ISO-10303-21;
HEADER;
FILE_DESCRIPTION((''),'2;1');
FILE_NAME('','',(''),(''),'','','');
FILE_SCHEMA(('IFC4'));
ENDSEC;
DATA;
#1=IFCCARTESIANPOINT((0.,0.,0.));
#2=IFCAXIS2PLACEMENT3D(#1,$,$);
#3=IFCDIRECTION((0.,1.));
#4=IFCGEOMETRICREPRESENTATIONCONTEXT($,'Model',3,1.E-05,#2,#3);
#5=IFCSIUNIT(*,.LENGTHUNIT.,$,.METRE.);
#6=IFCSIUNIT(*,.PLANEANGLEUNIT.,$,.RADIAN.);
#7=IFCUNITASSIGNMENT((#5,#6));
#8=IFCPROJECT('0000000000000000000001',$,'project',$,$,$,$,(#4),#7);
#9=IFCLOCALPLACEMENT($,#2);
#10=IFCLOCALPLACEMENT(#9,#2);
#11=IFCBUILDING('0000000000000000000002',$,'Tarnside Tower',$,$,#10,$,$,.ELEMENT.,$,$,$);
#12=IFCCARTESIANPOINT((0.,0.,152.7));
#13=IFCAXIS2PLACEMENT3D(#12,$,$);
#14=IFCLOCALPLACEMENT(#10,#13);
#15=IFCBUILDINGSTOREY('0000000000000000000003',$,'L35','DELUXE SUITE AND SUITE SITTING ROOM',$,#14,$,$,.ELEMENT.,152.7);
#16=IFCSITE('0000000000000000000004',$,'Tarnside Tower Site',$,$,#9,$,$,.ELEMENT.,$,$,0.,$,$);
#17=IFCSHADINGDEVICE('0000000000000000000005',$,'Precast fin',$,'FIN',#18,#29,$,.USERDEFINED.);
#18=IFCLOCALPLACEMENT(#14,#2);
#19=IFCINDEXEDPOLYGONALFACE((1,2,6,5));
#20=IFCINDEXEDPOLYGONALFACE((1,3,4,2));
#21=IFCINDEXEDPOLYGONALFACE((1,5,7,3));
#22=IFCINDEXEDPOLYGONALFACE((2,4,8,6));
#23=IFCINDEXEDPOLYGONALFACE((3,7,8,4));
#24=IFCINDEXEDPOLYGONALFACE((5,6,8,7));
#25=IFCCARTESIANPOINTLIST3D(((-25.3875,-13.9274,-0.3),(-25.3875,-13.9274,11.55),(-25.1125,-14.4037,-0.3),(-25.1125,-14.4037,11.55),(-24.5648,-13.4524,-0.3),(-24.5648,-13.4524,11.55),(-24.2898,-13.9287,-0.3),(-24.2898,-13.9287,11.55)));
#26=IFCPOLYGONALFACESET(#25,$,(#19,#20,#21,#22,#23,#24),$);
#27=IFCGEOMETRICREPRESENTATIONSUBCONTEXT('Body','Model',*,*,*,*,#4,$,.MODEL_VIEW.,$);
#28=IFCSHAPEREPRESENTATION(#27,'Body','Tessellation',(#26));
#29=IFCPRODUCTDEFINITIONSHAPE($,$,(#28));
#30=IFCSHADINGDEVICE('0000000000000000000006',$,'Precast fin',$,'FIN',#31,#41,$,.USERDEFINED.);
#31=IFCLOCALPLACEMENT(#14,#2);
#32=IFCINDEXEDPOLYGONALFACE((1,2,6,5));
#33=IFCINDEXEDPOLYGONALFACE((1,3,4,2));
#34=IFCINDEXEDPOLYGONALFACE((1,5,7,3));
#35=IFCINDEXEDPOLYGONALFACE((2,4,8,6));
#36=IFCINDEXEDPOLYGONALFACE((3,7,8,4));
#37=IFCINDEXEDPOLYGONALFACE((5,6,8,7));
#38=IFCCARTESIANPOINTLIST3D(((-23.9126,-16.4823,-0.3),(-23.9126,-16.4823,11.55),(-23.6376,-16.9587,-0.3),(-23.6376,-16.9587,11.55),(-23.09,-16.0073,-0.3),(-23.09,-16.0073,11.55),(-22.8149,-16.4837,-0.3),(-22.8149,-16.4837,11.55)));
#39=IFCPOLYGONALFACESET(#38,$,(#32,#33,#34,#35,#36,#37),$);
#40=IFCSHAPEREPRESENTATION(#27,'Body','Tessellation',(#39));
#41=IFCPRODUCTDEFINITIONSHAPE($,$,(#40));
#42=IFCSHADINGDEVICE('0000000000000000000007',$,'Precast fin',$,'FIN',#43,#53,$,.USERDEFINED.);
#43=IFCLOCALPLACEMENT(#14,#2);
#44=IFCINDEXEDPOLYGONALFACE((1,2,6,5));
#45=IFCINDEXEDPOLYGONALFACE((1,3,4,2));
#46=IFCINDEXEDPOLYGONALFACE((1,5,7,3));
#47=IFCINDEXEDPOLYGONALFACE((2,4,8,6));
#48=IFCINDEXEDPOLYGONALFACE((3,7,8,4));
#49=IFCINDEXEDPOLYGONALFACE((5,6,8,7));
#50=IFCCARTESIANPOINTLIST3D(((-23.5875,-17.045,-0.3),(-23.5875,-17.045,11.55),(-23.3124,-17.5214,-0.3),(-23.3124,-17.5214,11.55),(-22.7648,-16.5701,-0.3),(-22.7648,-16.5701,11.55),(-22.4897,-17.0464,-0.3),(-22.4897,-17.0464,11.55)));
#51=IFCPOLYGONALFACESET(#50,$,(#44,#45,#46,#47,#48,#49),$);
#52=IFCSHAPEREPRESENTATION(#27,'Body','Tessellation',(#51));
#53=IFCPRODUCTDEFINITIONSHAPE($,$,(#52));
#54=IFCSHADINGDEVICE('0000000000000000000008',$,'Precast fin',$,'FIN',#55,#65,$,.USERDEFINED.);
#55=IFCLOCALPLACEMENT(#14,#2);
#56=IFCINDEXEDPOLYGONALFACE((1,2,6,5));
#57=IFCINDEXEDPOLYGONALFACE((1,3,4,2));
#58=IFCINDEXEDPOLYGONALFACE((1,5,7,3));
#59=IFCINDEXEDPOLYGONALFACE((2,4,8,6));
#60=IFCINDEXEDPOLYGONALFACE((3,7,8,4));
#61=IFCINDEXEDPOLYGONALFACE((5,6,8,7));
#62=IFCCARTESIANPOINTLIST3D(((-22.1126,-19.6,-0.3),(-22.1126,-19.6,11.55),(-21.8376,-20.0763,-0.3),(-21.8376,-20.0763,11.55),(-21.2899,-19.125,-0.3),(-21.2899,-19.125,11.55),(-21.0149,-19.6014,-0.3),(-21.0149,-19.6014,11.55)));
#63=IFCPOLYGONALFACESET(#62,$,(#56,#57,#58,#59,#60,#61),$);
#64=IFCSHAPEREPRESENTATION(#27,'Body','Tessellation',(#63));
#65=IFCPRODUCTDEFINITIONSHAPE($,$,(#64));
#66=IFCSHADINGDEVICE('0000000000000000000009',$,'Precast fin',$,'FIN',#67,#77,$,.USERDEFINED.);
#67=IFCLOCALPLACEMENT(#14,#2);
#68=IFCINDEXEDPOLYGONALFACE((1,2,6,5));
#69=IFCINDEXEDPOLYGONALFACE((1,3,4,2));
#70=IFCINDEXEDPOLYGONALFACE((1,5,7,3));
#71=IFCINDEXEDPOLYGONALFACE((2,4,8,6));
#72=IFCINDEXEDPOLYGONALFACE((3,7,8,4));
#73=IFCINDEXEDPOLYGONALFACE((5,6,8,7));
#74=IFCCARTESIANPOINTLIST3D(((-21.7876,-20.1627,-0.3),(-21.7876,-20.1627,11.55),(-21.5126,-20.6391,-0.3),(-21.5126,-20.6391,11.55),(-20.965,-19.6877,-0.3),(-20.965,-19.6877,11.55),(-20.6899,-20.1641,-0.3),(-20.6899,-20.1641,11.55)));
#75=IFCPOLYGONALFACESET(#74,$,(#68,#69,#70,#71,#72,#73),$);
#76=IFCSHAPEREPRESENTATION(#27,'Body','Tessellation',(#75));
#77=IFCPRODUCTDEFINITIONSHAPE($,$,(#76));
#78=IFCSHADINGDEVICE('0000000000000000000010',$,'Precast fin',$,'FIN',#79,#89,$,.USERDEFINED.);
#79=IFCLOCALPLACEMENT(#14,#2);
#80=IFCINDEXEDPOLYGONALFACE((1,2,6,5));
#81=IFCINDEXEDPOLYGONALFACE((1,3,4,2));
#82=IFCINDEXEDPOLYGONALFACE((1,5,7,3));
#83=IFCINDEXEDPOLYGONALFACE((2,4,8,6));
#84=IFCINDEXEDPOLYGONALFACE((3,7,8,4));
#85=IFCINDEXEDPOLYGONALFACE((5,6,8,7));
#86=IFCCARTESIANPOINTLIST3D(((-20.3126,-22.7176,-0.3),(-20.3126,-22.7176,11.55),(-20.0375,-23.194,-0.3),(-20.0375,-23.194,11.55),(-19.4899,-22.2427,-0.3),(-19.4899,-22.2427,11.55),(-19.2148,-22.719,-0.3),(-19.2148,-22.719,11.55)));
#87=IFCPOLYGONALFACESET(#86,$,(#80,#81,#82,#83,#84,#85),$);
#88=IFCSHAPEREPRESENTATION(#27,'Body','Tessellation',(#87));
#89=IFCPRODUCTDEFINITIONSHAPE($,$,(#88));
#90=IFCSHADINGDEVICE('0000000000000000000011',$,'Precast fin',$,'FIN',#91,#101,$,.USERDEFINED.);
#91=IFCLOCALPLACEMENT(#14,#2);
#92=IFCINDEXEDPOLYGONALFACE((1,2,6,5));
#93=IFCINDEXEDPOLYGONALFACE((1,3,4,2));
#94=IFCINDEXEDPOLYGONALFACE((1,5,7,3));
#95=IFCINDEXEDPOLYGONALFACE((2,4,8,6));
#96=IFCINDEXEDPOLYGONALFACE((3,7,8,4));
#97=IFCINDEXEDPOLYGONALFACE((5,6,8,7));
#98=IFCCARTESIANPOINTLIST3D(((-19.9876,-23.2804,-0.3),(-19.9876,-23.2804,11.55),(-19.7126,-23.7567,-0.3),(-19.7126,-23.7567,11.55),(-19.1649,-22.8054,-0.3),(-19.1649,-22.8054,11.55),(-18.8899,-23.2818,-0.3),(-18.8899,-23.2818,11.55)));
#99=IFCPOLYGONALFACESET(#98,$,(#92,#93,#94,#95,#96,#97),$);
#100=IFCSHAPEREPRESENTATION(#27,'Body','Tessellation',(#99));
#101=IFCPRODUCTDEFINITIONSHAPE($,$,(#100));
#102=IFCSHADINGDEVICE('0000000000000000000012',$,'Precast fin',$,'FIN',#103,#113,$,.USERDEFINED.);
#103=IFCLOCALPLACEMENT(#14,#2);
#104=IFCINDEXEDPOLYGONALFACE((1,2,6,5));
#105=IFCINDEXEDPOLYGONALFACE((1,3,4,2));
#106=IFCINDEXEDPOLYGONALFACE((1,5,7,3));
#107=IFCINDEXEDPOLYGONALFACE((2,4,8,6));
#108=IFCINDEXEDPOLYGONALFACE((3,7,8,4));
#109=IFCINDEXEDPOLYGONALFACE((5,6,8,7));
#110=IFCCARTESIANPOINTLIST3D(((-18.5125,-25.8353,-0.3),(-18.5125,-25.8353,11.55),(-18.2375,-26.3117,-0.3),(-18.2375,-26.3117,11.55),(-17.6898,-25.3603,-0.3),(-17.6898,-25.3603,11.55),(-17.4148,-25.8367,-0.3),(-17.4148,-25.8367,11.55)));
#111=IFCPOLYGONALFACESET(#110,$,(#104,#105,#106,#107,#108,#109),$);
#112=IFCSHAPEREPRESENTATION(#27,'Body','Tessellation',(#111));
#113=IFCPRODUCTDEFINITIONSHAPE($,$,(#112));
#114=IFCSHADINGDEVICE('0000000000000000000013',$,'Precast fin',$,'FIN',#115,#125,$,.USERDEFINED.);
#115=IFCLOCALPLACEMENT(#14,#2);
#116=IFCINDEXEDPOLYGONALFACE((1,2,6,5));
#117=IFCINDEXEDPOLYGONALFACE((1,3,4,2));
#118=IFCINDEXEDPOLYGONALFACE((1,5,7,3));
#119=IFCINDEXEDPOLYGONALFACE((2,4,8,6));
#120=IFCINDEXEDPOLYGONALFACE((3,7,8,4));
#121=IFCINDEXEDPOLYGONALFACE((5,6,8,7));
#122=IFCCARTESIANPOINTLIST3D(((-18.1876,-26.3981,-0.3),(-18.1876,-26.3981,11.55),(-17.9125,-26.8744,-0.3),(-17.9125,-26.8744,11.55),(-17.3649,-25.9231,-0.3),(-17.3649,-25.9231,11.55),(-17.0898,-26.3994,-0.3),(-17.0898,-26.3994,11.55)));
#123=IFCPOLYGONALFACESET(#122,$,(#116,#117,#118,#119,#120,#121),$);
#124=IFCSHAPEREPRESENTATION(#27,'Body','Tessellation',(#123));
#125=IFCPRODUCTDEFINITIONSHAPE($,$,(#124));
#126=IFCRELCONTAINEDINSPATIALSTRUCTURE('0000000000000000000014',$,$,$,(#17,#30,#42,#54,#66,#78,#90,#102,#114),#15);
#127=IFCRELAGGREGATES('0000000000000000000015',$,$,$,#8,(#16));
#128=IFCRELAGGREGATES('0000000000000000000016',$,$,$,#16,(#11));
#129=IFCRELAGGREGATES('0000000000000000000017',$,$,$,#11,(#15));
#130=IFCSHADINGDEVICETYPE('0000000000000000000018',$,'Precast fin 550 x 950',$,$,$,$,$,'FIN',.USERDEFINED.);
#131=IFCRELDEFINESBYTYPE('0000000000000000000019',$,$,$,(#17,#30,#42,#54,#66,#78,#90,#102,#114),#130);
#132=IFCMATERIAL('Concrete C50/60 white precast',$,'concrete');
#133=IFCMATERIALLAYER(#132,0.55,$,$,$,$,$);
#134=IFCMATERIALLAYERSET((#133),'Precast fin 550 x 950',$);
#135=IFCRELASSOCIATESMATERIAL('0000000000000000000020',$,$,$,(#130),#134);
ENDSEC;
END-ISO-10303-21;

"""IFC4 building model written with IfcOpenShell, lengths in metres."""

from ifc_helpers import new_model, si_unit, direction, frame, origin, place, context, subcontext, project, spatial, polyline, outline, extrude, material, layer, layer_set, type_object, element, save


model = new_model("IFC4")

# Units and contexts
model_context = context("Model", 3, precision=1e-05, world=origin(), true_north=direction((0.0, 1.0)))
body_context = subcontext(model_context, "Body", "Model", "MODEL_VIEW")
ifc_project = project(units=[si_unit("LENGTHUNIT", "METRE"), si_unit("PLANEANGLEUNIT", "RADIAN")], contexts=[model_context])

# Site, building, storey
site_placement = place(None, origin())
site = spatial("IfcSite", under=ifc_project, at=site_placement, Name="Tarnside Tower Site", CompositionType="ELEMENT", RefElevation=0.0)
building_placement = place(site_placement, origin())
building = spatial("IfcBuilding", under=site, at=building_placement, Name="Tarnside Tower", CompositionType="ELEMENT")
storey_placement = place(building_placement, frame((0.0, 0.0, 152.7)))
storey = spatial("IfcBuildingStorey", under=building, at=storey_placement, Name="L35", Description="DELUXE SUITE AND SUITE SITTING ROOM", CompositionType="ELEMENT", Elevation=152.7)

# Shading devices
ifc_material_1 = material(Name="Concrete C50/60 white precast", Category="concrete")
ifc_layer_1 = layer(ifc_material_1, 0.55)
ifc_layer_set_1 = layer_set([ifc_layer_1], Name="Precast fin 550 x 950")
shading_device_type_1 = type_object("IfcShadingDeviceType", Name="Precast fin 550 x 950", ElementType="FIN", PredefinedType="USERDEFINED", material=ifc_layer_set_1)
for number, where, z_axis, x_axis, name in (
    (1, (-24.4272, -13.6907, -0.3), (-0.5, 0.866025, 0.0), (-0.866025, -0.5, 0.0), "Precast fin"),
    (2, (-22.9524, -16.2456, -0.3), (-0.5, 0.866025, 0.0), (-0.866025, -0.5, 0.0), "Precast fin"),
    (3, (-22.6272, -16.8083, -0.3), (-0.5, 0.866025, 0.0), (-0.866025, -0.5, 0.0), "Precast fin"),
    (4, (-21.1523, -19.3633, -0.3), (-0.5, 0.866025, 0.0), (-0.866025, -0.5, 0.0), "Precast fin"),
    (5, (-20.8274, -19.926, -0.3), (-0.5, 0.866025, 0.0), (-0.866025, -0.5, 0.0), "Precast fin"),
    (6, (-19.3523, -22.481, -0.3), (-0.5, 0.866025, 0.0), (-0.866025, -0.5, 0.0), "Precast fin"),
    (7, (-19.0273, -23.0437, -0.3), (-0.5, 0.866025, 0.0), (-0.866025, -0.5, 0.0), "Precast fin"),
    (8, (-17.5522, -25.5986, -0.3), (-0.5, 0.866025, 0.0), (-0.866025, -0.5, 0.0), "Precast fin"),
    (9, (-17.2273, -26.1614, -0.3), (-0.5, 0.866025, 0.0), (-0.866025, -0.5, 0.0), "Precast fin"),
):
    element("IfcShadingDevice", number, at=place(storey_placement, frame(where, z_axis=z_axis, x_axis=x_axis)), inside=storey, type_object=shading_device_type_1, Name=name, ObjectType="FIN", PredefinedType="USERDEFINED", context=body_context, shape_type="SweptSolid", body=[
        extrude(outline(polyline([(0.0, 0.0), (0.95, 0.0), (0.95, 11.8501), (0.0, 11.8501), (0.0, 0.0)])), frame((0.0, 0.0, -0.2749)), (0.0, 0.0, 1.0), 0.55),
    ])

save(model, "model.ifc")
